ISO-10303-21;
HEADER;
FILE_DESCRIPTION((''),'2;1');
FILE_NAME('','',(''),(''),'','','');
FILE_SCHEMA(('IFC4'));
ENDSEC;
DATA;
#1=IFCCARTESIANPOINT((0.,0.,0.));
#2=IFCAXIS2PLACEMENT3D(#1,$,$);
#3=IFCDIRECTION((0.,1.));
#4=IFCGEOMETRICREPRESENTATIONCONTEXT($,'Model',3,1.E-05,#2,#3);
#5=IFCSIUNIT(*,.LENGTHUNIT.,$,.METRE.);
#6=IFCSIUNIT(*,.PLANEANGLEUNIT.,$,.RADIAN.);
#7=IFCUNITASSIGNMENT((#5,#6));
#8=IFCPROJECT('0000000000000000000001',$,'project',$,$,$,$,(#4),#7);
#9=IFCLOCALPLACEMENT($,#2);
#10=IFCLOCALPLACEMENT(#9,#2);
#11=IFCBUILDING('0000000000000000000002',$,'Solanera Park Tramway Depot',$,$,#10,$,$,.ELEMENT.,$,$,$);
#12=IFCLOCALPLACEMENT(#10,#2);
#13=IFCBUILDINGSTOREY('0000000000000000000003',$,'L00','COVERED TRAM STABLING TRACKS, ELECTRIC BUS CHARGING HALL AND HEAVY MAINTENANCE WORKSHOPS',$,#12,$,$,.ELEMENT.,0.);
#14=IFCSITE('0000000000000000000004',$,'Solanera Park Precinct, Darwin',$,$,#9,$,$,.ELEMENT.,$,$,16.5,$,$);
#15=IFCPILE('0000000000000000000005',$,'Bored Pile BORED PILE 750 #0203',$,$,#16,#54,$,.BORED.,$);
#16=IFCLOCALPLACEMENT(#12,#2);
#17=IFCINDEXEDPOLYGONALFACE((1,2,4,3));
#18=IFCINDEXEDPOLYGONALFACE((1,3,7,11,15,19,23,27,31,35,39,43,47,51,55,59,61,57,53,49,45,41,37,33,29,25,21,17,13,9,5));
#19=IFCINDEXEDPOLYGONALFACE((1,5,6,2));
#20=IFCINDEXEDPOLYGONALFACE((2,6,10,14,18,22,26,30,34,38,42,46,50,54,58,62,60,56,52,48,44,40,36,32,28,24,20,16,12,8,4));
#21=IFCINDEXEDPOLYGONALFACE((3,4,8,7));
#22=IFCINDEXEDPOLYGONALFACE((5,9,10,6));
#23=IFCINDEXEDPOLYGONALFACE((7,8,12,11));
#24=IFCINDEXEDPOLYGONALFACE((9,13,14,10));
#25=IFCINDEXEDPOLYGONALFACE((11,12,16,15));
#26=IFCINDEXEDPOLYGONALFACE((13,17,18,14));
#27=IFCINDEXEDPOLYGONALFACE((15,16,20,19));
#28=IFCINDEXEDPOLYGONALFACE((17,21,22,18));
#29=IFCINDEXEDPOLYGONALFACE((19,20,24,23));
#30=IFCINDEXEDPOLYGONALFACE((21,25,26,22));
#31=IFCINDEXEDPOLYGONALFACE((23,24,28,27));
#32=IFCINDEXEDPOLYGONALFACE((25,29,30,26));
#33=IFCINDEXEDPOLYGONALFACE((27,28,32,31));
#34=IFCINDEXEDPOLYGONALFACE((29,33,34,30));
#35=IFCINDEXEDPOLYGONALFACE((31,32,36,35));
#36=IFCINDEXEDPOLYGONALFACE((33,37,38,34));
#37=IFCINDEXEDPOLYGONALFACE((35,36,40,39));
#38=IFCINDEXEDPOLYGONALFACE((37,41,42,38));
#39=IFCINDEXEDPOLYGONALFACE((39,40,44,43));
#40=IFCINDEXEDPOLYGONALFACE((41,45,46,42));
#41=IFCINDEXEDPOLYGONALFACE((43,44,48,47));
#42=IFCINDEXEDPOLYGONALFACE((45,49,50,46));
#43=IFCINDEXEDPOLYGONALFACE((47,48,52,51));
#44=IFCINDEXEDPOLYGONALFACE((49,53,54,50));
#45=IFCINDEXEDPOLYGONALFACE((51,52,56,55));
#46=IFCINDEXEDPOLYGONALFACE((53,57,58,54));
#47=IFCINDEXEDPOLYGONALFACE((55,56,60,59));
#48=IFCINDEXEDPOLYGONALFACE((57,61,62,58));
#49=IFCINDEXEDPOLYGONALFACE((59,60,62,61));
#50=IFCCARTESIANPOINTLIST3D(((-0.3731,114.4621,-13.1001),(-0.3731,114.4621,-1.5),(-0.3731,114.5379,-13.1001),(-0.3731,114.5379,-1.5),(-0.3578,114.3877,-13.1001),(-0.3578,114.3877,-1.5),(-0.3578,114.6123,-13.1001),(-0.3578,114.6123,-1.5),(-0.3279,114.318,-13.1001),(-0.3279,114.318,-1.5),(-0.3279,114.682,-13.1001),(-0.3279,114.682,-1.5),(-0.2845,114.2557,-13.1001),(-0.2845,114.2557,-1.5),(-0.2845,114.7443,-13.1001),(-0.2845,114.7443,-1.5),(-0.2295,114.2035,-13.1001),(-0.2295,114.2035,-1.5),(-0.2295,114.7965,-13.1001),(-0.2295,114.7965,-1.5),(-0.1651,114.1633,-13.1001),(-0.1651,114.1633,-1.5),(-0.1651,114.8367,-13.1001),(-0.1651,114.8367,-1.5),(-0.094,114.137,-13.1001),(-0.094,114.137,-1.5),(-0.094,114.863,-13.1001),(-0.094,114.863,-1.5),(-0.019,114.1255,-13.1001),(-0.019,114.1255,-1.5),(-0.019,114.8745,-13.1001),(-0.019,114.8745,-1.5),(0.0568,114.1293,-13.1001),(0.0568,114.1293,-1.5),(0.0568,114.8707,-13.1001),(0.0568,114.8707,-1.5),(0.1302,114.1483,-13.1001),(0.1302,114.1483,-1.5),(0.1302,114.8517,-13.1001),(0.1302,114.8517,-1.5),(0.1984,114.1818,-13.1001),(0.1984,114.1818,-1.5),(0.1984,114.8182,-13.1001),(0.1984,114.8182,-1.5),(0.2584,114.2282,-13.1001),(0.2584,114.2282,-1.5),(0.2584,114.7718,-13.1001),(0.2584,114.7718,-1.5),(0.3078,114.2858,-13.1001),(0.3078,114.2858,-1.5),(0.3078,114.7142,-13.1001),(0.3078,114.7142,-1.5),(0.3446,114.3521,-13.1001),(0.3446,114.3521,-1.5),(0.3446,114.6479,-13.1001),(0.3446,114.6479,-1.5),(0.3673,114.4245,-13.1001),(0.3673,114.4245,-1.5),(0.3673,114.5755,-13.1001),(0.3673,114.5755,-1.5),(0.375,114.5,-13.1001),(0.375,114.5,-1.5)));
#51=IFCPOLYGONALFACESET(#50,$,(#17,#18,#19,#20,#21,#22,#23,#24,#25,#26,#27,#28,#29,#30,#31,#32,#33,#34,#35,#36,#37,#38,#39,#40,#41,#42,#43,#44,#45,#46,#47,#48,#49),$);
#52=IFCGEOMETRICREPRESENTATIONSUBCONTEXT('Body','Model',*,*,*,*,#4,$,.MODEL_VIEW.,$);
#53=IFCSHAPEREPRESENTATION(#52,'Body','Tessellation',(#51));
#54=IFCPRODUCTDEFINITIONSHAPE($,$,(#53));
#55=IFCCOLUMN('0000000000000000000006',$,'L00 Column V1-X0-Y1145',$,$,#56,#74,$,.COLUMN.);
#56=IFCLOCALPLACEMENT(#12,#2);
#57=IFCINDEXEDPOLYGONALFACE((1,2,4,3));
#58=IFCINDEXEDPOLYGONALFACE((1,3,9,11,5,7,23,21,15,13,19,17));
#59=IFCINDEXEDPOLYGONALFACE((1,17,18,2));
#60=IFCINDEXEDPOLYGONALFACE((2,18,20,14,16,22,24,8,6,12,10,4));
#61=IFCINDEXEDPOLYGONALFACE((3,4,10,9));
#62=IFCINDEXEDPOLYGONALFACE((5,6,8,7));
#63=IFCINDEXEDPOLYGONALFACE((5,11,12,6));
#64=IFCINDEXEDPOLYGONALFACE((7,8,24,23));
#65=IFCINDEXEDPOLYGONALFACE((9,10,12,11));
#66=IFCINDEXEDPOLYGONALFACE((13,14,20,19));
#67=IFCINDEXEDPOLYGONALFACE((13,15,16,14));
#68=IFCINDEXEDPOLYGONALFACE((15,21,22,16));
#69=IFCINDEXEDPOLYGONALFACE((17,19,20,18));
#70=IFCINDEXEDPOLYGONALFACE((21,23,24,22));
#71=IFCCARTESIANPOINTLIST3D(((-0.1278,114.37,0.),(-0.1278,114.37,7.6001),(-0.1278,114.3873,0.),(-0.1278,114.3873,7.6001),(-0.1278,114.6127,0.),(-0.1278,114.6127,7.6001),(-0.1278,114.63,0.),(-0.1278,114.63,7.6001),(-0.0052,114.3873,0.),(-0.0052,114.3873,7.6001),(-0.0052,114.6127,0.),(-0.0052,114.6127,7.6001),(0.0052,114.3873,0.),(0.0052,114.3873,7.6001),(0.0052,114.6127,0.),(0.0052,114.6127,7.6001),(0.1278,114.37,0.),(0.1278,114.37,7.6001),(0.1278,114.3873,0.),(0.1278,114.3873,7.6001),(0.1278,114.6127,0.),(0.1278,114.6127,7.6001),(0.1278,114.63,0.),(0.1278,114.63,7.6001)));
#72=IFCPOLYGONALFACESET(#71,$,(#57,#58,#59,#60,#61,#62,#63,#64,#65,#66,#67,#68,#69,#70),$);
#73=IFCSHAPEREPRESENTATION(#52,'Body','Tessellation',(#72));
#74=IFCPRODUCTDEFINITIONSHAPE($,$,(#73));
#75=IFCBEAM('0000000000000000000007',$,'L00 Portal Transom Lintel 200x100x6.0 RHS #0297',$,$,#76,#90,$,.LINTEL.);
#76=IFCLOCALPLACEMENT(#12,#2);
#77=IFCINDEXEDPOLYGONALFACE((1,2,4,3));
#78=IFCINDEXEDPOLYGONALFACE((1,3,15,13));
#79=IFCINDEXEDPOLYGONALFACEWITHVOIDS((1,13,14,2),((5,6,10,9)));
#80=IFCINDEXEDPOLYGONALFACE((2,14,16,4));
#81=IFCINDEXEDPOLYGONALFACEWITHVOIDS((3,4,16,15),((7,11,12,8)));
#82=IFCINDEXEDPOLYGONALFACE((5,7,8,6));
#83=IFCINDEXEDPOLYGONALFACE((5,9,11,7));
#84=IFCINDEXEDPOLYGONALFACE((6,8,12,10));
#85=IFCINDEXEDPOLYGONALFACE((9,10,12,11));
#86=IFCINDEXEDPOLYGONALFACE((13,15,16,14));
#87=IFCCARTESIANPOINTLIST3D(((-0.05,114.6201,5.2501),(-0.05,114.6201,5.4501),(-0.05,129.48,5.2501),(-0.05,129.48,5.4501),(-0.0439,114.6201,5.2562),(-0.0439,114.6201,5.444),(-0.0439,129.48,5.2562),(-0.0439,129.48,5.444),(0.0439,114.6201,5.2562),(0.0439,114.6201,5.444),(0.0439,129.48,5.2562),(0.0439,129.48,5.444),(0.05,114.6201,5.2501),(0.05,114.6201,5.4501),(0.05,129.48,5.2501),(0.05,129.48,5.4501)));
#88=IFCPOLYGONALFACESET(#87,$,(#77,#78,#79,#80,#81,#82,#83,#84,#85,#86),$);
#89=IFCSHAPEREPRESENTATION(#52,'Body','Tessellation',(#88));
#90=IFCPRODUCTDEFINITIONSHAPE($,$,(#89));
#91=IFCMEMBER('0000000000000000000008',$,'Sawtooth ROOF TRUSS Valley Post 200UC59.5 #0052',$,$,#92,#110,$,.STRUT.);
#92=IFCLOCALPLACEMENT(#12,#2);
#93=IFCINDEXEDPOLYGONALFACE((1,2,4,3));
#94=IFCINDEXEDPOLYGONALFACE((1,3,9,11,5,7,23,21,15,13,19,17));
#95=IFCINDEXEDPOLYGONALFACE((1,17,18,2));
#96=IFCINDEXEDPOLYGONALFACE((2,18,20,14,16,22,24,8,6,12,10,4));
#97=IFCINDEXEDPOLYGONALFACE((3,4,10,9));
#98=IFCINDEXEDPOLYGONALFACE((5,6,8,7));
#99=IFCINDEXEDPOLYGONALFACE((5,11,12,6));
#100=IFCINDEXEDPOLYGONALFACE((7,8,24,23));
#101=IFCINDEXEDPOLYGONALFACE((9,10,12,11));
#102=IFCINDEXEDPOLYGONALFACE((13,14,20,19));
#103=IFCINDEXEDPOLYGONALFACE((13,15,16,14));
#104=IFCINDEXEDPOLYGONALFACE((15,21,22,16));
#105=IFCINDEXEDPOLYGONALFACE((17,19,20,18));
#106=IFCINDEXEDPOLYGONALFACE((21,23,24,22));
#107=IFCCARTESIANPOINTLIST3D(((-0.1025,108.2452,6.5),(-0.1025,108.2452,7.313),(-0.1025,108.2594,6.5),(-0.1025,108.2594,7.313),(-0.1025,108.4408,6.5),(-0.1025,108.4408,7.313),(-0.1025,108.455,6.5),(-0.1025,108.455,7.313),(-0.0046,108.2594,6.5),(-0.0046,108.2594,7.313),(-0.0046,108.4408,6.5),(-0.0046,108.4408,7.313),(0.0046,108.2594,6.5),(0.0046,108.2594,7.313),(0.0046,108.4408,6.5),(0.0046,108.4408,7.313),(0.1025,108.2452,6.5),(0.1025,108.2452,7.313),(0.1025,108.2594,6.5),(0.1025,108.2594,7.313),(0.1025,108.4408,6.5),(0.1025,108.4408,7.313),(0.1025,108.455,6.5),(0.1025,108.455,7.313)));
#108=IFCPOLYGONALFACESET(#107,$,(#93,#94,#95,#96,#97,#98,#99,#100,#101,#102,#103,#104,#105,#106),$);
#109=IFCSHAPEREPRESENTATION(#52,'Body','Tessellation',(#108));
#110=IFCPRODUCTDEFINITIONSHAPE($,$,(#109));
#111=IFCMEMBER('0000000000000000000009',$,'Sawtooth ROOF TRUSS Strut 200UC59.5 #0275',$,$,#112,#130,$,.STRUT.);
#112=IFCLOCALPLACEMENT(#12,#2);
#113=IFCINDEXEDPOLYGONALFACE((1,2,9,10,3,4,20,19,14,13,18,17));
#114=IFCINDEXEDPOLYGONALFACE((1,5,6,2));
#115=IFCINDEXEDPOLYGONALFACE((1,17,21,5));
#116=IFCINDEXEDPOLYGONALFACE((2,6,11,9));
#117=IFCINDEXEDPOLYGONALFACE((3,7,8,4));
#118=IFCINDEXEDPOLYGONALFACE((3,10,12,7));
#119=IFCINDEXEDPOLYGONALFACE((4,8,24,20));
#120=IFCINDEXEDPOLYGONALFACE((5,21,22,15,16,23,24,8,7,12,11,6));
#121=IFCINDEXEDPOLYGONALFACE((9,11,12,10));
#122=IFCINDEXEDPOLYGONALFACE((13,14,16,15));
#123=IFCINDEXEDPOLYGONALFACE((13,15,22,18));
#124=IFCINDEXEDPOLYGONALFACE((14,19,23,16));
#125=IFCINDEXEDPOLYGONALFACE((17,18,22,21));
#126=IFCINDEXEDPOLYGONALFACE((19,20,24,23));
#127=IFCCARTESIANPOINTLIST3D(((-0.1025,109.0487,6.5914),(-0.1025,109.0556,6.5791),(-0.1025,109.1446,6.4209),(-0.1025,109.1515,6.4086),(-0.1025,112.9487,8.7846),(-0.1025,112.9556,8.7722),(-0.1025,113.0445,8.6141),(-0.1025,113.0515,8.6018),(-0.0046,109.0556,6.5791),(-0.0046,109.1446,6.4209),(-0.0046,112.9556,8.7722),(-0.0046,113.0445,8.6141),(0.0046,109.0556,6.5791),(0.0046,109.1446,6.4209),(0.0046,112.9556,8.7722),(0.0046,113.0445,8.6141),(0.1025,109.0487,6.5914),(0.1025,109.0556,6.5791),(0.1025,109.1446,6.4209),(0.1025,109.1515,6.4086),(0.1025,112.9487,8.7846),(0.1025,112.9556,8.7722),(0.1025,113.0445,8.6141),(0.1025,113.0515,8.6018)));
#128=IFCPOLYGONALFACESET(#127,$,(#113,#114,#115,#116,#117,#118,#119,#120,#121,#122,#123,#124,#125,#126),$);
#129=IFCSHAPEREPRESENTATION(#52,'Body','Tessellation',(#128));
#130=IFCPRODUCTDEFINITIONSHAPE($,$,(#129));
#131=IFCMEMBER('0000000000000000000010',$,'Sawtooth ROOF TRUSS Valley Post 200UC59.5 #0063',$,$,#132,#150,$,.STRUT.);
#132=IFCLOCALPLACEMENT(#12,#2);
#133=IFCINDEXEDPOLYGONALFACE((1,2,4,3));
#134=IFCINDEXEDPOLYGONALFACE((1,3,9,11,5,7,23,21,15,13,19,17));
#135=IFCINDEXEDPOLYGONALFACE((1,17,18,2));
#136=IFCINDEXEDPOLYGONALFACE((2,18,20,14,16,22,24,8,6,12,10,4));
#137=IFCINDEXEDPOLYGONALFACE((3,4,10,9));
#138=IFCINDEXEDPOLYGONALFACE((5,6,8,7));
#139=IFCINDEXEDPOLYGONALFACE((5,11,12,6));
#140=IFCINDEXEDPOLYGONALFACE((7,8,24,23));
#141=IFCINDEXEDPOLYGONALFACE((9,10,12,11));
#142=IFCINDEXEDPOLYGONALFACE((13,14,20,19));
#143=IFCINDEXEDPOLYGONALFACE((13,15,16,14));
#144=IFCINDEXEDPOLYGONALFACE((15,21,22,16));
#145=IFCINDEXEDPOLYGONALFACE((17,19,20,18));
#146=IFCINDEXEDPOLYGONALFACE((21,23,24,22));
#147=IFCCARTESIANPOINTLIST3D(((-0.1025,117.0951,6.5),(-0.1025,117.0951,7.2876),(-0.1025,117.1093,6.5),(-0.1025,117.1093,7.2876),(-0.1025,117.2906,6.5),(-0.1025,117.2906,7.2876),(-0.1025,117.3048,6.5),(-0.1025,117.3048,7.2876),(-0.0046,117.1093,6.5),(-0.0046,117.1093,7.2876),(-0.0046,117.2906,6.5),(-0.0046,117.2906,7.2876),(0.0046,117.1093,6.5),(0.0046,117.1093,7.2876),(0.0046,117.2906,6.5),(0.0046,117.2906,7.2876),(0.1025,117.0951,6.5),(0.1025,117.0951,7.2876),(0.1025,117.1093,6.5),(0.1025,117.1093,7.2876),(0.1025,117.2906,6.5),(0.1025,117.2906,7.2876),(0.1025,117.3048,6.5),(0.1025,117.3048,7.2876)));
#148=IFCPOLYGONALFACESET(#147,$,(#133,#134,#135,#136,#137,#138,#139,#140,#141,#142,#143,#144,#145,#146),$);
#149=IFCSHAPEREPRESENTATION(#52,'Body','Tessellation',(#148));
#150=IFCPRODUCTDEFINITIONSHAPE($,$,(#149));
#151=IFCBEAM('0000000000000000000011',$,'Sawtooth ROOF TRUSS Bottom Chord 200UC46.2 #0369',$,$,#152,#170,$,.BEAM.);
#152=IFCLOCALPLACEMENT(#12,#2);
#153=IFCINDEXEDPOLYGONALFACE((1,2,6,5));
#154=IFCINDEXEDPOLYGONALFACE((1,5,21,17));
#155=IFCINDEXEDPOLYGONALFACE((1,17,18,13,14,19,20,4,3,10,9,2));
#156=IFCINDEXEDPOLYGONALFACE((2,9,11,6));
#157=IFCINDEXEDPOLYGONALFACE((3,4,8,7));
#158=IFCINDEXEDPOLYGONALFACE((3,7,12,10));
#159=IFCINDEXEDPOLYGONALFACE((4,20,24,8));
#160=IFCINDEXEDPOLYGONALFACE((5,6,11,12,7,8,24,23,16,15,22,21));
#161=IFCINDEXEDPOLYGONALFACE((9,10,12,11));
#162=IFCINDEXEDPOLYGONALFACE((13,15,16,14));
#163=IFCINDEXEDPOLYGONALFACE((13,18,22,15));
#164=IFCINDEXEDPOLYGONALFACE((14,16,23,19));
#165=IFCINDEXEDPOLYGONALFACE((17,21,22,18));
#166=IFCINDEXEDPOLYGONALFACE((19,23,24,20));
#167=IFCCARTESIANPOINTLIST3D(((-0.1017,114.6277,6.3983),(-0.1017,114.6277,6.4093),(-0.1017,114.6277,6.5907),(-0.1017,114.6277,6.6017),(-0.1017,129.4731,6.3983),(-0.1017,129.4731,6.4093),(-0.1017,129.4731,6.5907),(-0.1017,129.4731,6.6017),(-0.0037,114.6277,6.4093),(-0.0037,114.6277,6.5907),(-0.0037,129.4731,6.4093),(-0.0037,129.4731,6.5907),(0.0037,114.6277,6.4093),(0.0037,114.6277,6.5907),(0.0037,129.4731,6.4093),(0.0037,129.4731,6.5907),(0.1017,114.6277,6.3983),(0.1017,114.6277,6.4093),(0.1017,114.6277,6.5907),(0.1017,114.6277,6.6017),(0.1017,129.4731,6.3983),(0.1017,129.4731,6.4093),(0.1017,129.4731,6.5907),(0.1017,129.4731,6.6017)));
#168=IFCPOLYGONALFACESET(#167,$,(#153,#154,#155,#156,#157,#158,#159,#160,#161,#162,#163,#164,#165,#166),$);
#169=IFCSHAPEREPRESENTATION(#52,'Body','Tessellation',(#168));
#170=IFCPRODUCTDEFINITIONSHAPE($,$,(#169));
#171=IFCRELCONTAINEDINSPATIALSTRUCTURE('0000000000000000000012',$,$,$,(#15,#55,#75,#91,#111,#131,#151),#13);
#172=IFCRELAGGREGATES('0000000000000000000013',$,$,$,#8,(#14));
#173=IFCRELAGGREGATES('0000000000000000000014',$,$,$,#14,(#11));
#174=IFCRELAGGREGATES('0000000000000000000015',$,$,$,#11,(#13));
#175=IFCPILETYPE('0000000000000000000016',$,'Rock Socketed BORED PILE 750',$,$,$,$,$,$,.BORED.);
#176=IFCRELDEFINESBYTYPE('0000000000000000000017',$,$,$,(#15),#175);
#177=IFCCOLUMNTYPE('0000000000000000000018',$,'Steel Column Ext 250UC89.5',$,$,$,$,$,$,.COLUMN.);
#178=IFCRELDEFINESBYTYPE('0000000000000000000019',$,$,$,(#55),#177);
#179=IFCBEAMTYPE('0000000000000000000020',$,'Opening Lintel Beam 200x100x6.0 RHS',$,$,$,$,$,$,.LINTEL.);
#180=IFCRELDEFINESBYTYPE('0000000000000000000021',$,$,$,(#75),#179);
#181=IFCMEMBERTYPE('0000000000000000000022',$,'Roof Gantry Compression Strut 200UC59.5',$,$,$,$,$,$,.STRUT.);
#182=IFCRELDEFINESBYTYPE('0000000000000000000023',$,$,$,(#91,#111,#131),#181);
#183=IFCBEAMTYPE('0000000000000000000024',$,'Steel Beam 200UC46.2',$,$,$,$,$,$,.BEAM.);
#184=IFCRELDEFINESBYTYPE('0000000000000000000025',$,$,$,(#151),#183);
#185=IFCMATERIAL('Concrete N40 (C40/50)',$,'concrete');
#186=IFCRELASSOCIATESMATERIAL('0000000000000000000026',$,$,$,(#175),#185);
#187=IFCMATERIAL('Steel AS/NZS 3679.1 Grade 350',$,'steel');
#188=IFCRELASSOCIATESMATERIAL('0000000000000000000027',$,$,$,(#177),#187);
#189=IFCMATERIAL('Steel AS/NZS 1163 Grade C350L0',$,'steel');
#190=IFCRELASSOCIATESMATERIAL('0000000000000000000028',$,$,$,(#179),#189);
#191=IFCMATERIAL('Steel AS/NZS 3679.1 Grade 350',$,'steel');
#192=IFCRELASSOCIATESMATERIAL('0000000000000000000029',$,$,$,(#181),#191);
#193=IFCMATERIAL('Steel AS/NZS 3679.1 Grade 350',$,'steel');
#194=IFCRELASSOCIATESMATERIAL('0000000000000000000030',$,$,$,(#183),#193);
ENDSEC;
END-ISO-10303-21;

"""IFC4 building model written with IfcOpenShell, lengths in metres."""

from ifc_helpers import new_model, si_unit, direction, frame, origin, origin_2d, place, context, subcontext, project, spatial, hollow_rectangle, circle, i_section, extrude, material, material_profile, profile_set, type_object, element, save


model = new_model("IFC4")

# Units and contexts
model_context = context("Model", 3, precision=1e-05, world=origin(), true_north=direction((0.0, 1.0)))
body_context = subcontext(model_context, "Body", "Model", "MODEL_VIEW")
ifc_project = project(units=[si_unit("LENGTHUNIT", "METRE"), si_unit("PLANEANGLEUNIT", "RADIAN")], contexts=[model_context])

# Site, building, storey
site_placement = place(None, origin())
site = spatial("IfcSite", under=ifc_project, at=site_placement, Name="Solanera Park Precinct, Darwin", CompositionType="ELEMENT", RefElevation=16.5)
building_placement = place(site_placement, origin())
building = spatial("IfcBuilding", under=site, at=building_placement, Name="Solanera Park Tramway Depot", CompositionType="ELEMENT")
storey_placement = place(building_placement, origin())
storey = spatial("IfcBuildingStorey", under=building, at=storey_placement, Name="L00", Description="COVERED TRAM STABLING TRACKS, ELECTRIC BUS CHARGING HALL AND HEAVY MAINTENANCE WORKSHOPS", CompositionType="ELEMENT", Elevation=0.0)

# Pile
ifc_material_1 = material(Name="Concrete N40 (C40/50)", Category="concrete")
ifc_material_profile_1 = material_profile(ifc_material_1, circle(Radius=0.375, at=origin_2d()), Name="BORED PILE 750")
ifc_profile_set_1 = profile_set([ifc_material_profile_1], Name="Concrete N40 (C40/50)")
pile_type = type_object("IfcPileType", Name="Rock Socketed BORED PILE 750", PredefinedType="BORED", material=ifc_profile_set_1)
pile_placement = place(storey_placement, frame((0.0, 114.5, -1.5), z_axis=(0.0, 0.0, -1.0), x_axis=(1.0, 0.0, 0.0)))
element("IfcPile", 1, at=pile_placement, inside=storey, type_object=pile_type, Name="Bored Pile BORED PILE 750 #0203", PredefinedType="BORED", context=body_context, shape_type="SweptSolid", body=[
    extrude(circle(Radius=0.375, at=origin_2d()), origin(), (0.0, 0.0, 1.0), 11.6001),
])

# Column
ifc_material_2 = material(Name="Steel AS/NZS 3679.1 Grade 350", Category="steel")
ifc_material_profile_2 = material_profile(ifc_material_2, i_section(OverallWidth=0.2556, OverallDepth=0.26, WebThickness=0.0105, FlangeThickness=0.0173, at=origin_2d()), Name="250UC89.5")
ifc_profile_set_2 = profile_set([ifc_material_profile_2], Name="Steel AS/NZS 3679.1 Grade 350")
column_type = type_object("IfcColumnType", Name="Steel Column Ext 250UC89.5", PredefinedType="COLUMN", material=ifc_profile_set_2)
column_placement = place(storey_placement, frame((0.0, 114.5, 0.0), z_axis=(0.0, 0.0, 1.0), x_axis=(1.0, 0.0, 0.0)))
element("IfcColumn", 2, at=column_placement, inside=storey, type_object=column_type, Name="L00 Column V1-X0-Y1145", PredefinedType="COLUMN", context=body_context, shape_type="SweptSolid", body=[
    extrude(i_section(OverallWidth=0.2556, OverallDepth=0.26, WebThickness=0.0105, FlangeThickness=0.0173, at=origin_2d()), origin(), (0.0, 0.0, 1.0), 7.6001),
])

# Beam
ifc_material_3 = material(Name="Steel AS/NZS 1163 Grade C350L0", Category="steel")
ifc_material_profile_3 = material_profile(ifc_material_3, hollow_rectangle(XDim=0.1001, YDim=0.2, WallThickness=0.0061, at=origin_2d()), Name="200x100x6.0 RHS")
ifc_profile_set_3 = profile_set([ifc_material_profile_3], Name="Steel AS/NZS 1163 Grade C350L0")
beam_type_1 = type_object("IfcBeamType", Name="Opening Lintel Beam 200x100x6.0 RHS", PredefinedType="LINTEL", material=ifc_profile_set_3)
beam_1_placement = place(storey_placement, frame((0.0, 114.6201, 5.3501), z_axis=(0.0, 1.0, 0.0), x_axis=(-1.0, 0.0, 0.0)))
element("IfcBeam", 3, at=beam_1_placement, inside=storey, type_object=beam_type_1, Name="L00 Portal Transom Lintel 200x100x6.0 RHS #0297", PredefinedType="LINTEL", context=body_context, shape_type="SweptSolid", body=[
    extrude(hollow_rectangle(XDim=0.1001, YDim=0.2, WallThickness=0.0061, at=origin_2d()), origin(), (0.0, 0.0, 1.0), 14.8599),
])

# Members
ifc_material_4 = material(Name="Steel AS/NZS 3679.1 Grade 350", Category="steel")
ifc_material_profile_4 = material_profile(ifc_material_4, i_section(OverallWidth=0.2051, OverallDepth=0.2097, WebThickness=0.0093, FlangeThickness=0.0142, at=origin_2d()), Name="200UC59.5")
ifc_profile_set_4 = profile_set([ifc_material_profile_4], Name="Steel AS/NZS 3679.1 Grade 350")
member_type_1 = type_object("IfcMemberType", Name="Roof Gantry Compression Strut 200UC59.5", PredefinedType="STRUT", material=ifc_profile_set_4)
member_1_placement = place(storey_placement, frame((0.0, 108.3501, 6.5), z_axis=(0.0, 0.0, 1.0), x_axis=(1.0, 0.0, 0.0)))
element("IfcMember", 4, at=member_1_placement, inside=storey, type_object=member_type_1, Name="Sawtooth ROOF TRUSS Valley Post 200UC59.5 #0052", PredefinedType="STRUT", context=body_context, shape_type="SweptSolid", body=[
    extrude(i_section(OverallWidth=0.2051, OverallDepth=0.2097, WebThickness=0.0093, FlangeThickness=0.0142, at=origin_2d()), origin(), (0.0, 0.0, 1.0), 0.813),
])
member_2_placement = place(storey_placement, frame((0.0, 109.1001, 6.5), z_axis=(0.0, 0.871631, 0.490163), x_axis=(-1.0, 0.0, 0.0)))
element("IfcMember", 5, at=member_2_placement, inside=storey, type_object=member_type_1, Name="Sawtooth ROOF TRUSS Strut 200UC59.5 #0275", PredefinedType="STRUT", context=body_context, shape_type="SweptSolid", body=[
    extrude(i_section(OverallWidth=0.2051, OverallDepth=0.2097, WebThickness=0.0093, FlangeThickness=0.0142, at=origin_2d()), origin(), (0.0, 0.0, 1.0), 4.4744),
])
member_3_placement = place(storey_placement, frame((0.0, 117.2, 6.5), z_axis=(0.0, 0.0, 1.0), x_axis=(1.0, 0.0, 0.0)))
element("IfcMember", 6, at=member_3_placement, inside=storey, type_object=member_type_1, Name="Sawtooth ROOF TRUSS Valley Post 200UC59.5 #0063", PredefinedType="STRUT", context=body_context, shape_type="SweptSolid", body=[
    extrude(i_section(OverallWidth=0.2051, OverallDepth=0.2097, WebThickness=0.0093, FlangeThickness=0.0142, at=origin_2d()), origin(), (0.0, 0.0, 1.0), 0.7876),
])

# Beam
ifc_material_5 = material(Name="Steel AS/NZS 3679.1 Grade 350", Category="steel")
ifc_material_profile_5 = material_profile(ifc_material_5, i_section(OverallWidth=0.2034, OverallDepth=0.2034, WebThickness=0.0073, FlangeThickness=0.011, at=origin_2d()), Name="200UC46.2")
ifc_profile_set_5 = profile_set([ifc_material_profile_5], Name="Steel AS/NZS 3679.1 Grade 350")
beam_type_2 = type_object("IfcBeamType", Name="Steel Beam 200UC46.2", PredefinedType="BEAM", material=ifc_profile_set_5)
beam_2_placement = place(storey_placement, frame((0.0, 114.6277, 6.5), z_axis=(0.0, 1.0, 0.0), x_axis=(-1.0, 0.0, 0.0)))
element("IfcBeam", 7, at=beam_2_placement, inside=storey, type_object=beam_type_2, Name="Sawtooth ROOF TRUSS Bottom Chord 200UC46.2 #0369", PredefinedType="BEAM", context=body_context, shape_type="SweptSolid", body=[
    extrude(i_section(OverallWidth=0.2034, OverallDepth=0.2034, WebThickness=0.0073, FlangeThickness=0.011, at=origin_2d()), origin(), (0.0, 0.0, 1.0), 14.8455),
])

save(model, "model.ifc")
